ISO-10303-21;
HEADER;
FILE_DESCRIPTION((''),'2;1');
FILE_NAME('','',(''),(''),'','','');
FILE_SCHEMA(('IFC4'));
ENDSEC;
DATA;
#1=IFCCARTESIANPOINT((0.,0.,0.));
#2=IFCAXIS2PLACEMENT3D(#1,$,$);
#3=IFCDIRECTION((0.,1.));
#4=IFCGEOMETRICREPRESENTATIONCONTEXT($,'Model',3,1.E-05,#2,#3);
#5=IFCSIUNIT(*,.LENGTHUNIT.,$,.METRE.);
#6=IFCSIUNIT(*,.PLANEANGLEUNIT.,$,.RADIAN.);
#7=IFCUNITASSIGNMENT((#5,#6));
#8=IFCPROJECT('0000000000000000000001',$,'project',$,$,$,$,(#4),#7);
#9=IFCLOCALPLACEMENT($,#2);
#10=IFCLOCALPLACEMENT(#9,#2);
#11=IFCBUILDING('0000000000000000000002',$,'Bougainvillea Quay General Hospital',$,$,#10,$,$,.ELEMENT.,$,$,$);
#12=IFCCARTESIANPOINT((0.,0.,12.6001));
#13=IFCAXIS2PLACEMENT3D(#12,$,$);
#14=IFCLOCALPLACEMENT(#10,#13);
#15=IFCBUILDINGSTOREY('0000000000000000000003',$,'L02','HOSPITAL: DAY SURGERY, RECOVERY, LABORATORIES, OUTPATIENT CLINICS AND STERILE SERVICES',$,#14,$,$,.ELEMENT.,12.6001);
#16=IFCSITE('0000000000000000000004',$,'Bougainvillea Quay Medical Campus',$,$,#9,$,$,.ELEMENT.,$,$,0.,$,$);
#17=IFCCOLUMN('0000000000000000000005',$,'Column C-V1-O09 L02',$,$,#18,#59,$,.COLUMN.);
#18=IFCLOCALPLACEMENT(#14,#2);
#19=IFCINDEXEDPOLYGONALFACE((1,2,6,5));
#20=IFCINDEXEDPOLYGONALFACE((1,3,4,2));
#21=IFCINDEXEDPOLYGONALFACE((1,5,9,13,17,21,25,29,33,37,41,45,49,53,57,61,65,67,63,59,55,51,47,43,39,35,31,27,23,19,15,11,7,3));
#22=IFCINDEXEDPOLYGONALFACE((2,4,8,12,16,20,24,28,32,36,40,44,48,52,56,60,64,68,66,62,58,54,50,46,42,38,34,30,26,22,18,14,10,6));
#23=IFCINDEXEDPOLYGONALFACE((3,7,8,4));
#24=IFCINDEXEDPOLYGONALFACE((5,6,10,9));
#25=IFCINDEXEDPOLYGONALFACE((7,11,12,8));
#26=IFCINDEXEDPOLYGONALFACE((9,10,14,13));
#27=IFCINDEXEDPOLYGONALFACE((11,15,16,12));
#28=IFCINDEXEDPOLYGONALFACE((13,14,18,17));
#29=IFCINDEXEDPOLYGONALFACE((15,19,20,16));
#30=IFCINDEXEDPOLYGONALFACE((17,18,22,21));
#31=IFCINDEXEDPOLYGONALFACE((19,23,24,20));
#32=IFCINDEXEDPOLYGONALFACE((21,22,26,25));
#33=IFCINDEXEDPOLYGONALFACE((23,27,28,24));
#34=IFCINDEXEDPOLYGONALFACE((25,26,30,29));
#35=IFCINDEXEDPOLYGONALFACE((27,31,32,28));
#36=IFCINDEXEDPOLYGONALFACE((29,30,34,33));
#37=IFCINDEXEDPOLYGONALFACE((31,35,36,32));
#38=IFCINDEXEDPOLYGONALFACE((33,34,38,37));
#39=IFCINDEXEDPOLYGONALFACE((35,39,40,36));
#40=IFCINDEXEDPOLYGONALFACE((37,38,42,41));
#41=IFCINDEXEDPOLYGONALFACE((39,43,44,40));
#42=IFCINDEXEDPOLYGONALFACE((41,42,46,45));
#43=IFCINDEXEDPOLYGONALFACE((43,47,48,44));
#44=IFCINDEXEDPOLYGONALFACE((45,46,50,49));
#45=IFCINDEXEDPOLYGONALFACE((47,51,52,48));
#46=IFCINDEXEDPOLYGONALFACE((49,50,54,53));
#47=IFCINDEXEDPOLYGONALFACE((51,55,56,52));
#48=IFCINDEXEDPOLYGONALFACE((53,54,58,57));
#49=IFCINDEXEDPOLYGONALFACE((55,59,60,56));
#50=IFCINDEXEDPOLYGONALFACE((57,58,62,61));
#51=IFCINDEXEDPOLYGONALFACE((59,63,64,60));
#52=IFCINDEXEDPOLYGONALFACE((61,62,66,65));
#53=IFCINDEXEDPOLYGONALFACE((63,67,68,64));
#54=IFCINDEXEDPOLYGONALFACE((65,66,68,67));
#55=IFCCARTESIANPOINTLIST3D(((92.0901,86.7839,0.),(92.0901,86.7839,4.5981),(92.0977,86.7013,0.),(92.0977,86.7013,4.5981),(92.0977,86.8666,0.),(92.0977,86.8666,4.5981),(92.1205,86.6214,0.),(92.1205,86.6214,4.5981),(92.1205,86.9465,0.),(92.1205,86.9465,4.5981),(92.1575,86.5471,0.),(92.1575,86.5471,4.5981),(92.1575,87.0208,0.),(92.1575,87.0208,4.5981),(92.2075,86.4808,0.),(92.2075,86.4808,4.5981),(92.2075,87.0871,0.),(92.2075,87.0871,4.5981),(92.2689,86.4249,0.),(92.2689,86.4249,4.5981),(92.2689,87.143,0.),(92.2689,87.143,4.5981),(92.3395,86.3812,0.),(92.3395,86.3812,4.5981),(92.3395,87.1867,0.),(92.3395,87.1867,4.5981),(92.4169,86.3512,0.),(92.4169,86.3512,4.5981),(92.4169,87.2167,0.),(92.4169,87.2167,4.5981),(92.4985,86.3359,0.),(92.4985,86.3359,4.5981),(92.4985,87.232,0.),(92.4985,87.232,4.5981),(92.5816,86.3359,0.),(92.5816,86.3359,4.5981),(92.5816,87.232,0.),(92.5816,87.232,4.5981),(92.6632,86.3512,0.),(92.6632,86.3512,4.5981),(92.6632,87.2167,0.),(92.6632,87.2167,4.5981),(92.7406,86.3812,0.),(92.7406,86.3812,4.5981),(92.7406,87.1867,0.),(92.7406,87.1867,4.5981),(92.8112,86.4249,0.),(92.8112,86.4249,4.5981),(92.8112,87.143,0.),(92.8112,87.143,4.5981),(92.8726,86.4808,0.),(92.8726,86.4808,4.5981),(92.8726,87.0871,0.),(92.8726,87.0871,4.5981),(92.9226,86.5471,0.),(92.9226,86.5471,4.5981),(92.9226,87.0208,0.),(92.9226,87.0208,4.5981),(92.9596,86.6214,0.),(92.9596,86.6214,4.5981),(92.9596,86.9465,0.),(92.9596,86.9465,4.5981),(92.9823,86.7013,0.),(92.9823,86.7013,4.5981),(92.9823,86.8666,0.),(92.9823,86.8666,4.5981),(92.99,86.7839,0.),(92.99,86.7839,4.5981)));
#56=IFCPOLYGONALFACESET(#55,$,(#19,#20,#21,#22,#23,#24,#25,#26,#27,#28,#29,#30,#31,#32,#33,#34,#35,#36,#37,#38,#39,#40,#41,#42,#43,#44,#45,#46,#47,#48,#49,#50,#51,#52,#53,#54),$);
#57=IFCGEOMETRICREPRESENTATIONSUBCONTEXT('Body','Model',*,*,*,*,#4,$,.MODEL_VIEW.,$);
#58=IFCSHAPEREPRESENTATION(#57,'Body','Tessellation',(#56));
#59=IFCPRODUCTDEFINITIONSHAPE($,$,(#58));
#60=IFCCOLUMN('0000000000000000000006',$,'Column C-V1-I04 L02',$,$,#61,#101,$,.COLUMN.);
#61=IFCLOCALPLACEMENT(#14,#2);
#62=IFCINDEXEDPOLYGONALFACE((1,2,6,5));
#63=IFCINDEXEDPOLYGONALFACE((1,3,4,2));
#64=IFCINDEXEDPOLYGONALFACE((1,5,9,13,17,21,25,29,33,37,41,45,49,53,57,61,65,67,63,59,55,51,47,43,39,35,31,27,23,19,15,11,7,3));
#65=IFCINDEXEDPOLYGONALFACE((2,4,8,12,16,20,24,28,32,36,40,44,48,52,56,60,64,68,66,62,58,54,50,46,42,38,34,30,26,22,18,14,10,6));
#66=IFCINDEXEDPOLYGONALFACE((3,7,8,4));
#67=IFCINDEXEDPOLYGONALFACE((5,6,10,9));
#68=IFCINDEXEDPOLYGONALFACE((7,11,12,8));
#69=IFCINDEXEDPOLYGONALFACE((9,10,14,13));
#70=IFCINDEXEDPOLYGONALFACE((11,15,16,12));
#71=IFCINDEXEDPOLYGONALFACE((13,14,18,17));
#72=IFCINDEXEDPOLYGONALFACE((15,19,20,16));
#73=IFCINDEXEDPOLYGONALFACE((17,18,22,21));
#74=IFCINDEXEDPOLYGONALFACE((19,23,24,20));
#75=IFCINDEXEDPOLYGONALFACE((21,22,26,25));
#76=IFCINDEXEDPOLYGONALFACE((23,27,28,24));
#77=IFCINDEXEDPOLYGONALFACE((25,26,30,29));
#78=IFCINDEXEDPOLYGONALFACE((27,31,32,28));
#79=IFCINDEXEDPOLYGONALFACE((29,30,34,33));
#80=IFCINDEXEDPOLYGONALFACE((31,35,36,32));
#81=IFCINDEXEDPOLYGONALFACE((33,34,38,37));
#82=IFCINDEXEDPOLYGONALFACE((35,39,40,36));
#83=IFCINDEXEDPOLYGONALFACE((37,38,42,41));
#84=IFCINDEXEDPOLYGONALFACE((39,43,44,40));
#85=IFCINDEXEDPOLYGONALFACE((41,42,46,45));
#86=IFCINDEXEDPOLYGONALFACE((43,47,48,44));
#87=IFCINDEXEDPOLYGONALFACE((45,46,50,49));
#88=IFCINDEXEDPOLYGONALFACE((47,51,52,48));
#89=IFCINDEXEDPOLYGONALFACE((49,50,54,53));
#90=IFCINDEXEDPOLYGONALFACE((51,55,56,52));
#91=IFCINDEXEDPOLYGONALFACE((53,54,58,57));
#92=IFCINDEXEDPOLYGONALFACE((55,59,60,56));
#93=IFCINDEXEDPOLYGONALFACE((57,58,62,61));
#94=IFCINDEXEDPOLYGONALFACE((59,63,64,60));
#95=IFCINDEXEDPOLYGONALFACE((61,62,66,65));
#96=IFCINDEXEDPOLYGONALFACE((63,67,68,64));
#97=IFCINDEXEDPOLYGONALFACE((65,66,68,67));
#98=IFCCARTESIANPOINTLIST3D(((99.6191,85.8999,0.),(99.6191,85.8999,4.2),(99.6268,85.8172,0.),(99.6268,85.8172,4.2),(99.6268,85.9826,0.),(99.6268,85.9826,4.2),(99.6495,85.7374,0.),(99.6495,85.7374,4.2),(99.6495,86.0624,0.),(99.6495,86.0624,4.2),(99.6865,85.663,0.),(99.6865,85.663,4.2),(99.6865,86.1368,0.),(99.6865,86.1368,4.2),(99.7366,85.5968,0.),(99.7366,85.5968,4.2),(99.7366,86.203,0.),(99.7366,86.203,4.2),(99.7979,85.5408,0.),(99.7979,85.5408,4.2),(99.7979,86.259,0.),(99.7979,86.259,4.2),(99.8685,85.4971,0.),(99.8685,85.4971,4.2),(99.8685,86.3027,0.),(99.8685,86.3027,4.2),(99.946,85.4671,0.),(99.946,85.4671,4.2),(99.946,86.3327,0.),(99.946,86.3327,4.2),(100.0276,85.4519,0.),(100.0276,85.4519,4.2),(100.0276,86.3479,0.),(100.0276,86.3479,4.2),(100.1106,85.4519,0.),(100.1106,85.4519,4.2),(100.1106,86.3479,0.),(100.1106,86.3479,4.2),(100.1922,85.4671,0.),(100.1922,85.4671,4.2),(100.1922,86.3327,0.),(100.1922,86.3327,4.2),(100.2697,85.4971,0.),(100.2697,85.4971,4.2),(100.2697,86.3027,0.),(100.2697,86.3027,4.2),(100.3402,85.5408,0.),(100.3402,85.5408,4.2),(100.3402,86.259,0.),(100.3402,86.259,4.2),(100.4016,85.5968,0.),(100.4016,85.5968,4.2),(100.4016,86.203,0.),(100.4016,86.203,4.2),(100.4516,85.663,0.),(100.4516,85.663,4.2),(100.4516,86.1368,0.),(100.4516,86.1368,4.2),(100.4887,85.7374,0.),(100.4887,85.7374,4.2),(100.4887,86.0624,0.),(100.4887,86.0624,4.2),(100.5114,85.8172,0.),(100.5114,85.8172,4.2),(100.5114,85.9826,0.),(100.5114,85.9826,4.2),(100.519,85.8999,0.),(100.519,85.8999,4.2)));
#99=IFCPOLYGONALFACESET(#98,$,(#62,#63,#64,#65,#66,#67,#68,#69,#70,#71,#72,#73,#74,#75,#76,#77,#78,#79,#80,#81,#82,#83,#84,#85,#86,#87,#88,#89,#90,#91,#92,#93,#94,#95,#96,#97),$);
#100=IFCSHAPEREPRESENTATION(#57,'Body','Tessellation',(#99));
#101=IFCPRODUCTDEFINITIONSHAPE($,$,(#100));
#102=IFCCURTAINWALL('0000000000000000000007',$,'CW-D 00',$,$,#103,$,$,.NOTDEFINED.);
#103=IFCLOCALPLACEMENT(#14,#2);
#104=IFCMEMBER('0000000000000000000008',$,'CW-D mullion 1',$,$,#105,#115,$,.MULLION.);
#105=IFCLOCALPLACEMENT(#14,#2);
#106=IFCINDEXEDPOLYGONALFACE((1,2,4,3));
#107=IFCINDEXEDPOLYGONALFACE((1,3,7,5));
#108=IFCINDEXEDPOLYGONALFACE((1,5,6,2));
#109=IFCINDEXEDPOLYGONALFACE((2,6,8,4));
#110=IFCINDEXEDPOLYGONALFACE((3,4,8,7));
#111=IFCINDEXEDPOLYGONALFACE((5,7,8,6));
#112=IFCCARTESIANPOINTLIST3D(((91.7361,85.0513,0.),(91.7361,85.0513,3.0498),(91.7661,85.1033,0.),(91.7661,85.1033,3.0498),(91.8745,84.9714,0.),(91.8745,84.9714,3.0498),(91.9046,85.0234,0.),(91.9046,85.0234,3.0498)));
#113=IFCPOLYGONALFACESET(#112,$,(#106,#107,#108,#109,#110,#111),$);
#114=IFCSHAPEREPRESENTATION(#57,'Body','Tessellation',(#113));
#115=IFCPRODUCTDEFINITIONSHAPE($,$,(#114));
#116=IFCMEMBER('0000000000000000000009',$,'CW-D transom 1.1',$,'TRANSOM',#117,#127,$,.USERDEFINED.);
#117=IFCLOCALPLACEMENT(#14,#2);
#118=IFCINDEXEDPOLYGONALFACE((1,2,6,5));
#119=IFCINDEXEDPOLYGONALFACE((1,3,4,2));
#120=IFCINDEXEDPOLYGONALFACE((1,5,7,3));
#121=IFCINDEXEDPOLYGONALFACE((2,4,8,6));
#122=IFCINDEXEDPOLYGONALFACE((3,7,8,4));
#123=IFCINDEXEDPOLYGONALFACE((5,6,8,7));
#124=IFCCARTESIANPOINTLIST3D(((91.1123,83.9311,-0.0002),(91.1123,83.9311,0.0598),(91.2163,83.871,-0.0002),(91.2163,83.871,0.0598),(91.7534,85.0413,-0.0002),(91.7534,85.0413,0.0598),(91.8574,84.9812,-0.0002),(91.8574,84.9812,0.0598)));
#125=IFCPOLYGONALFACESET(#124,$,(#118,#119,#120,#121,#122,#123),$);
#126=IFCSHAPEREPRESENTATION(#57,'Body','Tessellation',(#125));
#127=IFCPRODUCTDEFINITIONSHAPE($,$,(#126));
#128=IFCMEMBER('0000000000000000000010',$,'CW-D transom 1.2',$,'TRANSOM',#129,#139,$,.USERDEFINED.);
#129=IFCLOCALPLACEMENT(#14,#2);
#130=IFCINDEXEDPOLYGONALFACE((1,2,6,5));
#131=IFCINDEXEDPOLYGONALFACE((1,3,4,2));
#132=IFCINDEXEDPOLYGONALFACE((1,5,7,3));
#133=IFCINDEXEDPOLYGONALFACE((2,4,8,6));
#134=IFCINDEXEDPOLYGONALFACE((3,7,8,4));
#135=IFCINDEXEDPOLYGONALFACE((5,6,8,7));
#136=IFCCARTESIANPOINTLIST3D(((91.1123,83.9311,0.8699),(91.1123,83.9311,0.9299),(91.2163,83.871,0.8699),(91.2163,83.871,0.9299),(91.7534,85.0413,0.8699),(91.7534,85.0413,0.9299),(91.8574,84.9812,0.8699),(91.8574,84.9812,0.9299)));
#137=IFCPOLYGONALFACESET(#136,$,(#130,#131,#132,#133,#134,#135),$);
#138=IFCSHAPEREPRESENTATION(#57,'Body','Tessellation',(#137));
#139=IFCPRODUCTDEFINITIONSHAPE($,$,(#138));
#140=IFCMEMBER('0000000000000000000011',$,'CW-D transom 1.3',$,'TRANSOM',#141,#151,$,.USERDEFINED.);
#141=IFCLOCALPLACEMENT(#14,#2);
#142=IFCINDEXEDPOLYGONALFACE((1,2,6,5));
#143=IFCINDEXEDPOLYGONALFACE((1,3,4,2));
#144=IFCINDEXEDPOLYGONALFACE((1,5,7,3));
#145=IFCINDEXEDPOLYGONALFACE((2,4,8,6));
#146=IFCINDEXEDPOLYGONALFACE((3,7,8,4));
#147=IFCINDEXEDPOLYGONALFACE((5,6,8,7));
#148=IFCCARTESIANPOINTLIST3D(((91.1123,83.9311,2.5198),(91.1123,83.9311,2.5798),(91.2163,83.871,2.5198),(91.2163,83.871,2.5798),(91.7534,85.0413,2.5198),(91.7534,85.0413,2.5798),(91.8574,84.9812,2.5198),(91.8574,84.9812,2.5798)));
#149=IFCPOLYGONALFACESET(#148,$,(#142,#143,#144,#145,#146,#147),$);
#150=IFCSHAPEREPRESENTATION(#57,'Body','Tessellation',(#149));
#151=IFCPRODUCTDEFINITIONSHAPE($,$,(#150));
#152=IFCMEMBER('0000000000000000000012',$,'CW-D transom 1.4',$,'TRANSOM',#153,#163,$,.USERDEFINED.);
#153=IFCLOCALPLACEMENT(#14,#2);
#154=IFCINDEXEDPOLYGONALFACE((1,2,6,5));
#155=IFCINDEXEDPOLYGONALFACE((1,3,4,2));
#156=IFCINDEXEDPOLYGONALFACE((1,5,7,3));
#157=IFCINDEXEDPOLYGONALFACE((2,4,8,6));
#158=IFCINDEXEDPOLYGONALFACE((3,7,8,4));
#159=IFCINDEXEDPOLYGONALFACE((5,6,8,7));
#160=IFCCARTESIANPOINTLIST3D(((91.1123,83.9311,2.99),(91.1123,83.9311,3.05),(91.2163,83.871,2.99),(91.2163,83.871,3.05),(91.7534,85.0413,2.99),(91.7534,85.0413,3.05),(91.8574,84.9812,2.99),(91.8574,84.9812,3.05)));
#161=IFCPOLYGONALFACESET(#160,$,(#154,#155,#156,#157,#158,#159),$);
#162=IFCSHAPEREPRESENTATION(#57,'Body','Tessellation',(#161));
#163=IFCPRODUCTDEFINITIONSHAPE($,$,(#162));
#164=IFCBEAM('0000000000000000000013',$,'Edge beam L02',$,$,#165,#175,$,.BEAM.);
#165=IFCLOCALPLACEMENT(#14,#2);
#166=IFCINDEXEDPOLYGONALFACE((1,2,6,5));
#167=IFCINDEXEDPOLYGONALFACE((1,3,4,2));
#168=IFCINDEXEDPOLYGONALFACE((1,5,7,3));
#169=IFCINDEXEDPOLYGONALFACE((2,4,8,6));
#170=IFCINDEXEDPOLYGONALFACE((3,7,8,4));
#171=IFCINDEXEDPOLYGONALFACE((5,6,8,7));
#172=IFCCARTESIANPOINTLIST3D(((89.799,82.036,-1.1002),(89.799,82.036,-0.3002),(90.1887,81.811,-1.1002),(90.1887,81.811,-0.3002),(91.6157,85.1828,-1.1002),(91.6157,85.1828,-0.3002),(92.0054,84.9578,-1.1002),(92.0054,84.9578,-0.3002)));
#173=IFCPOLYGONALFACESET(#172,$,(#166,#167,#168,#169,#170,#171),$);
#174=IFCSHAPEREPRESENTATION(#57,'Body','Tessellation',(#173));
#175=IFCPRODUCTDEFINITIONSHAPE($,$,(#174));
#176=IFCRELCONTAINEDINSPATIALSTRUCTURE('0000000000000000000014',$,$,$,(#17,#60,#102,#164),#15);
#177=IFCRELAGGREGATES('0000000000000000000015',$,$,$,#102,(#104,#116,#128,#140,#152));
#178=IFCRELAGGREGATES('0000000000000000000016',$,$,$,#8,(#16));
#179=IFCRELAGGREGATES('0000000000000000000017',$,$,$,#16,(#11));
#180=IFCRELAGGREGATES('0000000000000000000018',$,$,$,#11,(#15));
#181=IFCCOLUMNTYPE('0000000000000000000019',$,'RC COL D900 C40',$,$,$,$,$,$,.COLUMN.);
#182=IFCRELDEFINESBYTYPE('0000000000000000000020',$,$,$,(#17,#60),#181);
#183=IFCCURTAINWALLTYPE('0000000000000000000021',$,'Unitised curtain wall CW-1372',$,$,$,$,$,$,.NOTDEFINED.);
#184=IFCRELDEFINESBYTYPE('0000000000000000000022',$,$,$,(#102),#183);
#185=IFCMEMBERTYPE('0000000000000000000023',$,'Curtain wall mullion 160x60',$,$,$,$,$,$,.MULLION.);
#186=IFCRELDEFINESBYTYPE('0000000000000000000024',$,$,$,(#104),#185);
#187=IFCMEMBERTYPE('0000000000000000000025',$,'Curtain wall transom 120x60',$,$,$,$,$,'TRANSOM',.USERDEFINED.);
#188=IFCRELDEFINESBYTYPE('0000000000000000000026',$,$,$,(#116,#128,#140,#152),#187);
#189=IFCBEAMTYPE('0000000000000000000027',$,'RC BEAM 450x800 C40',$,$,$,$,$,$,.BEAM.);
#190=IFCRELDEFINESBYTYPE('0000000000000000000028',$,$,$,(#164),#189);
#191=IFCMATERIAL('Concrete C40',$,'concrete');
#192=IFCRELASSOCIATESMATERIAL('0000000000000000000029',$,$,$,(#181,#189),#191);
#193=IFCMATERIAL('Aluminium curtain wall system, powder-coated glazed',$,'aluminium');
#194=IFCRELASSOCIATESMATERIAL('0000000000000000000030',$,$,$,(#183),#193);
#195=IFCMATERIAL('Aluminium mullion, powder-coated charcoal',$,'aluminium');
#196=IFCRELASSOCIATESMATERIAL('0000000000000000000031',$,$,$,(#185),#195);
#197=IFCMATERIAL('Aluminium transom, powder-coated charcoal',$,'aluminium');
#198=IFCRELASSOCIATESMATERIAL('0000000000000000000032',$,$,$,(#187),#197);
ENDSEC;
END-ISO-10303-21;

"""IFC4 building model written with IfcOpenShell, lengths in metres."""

from ifc_helpers import new_model, si_unit, direction, frame, origin, origin_2d, place, context, subcontext, project, spatial, rectangle, circle, extrude, material, material_profile, profile_set, type_object, element, aggregate, save


model = new_model("IFC4")

# Units and contexts
model_context = context("Model", 3, precision=1e-05, world=origin(), true_north=direction((0.0, 1.0)))
body_context = subcontext(model_context, "Body", "Model", "MODEL_VIEW")
ifc_project = project(units=[si_unit("LENGTHUNIT", "METRE"), si_unit("PLANEANGLEUNIT", "RADIAN")], contexts=[model_context])

# Site, building, storey
site_placement = place(None, origin())
site = spatial("IfcSite", under=ifc_project, at=site_placement, Name="Bougainvillea Quay Medical Campus", CompositionType="ELEMENT", RefElevation=0.0)
building_placement = place(site_placement, origin())
building = spatial("IfcBuilding", under=site, at=building_placement, Name="Bougainvillea Quay General Hospital", CompositionType="ELEMENT")
storey_placement = place(building_placement, frame((0.0, 0.0, 12.6001)))
storey = spatial("IfcBuildingStorey", under=building, at=storey_placement, Name="L02", Description="HOSPITAL: DAY SURGERY, RECOVERY, LABORATORIES, OUTPATIENT CLINICS AND STERILE SERVICES", CompositionType="ELEMENT", Elevation=12.6001)

# Columns
ifc_material_1 = material(Name="Concrete C40", Category="concrete")
ifc_material_profile_1 = material_profile(ifc_material_1, circle(Radius=0.45, at=origin_2d()))
ifc_profile_set_1 = profile_set([ifc_material_profile_1], Name="Concrete C40")
column_type = type_object("IfcColumnType", Name="RC COL D900 C40", PredefinedType="COLUMN", material=ifc_profile_set_1)
column_1_placement = place(storey_placement, frame((92.54, 86.7839, 0.0), z_axis=(0.0, 0.0, 1.0), x_axis=(1.0, 0.0, 0.0)))
element("IfcColumn", 1, at=column_1_placement, inside=storey, type_object=column_type, Name="Column C-V1-O09 L02", PredefinedType="COLUMN", context=body_context, shape_type="SweptSolid", body=[
    extrude(circle(Radius=0.45, at=origin_2d()), origin(), (0.0, 0.0, 1.0), 4.5981),
])
column_2_placement = place(storey_placement, frame((100.0691, 85.8999, 0.0), z_axis=(0.0, 0.0, 1.0), x_axis=(1.0, 0.0, 0.0)))
element("IfcColumn", 2, at=column_2_placement, inside=storey, type_object=column_type, Name="Column C-V1-I04 L02", PredefinedType="COLUMN", context=body_context, shape_type="SweptSolid", body=[
    extrude(circle(Radius=0.45, at=origin_2d()), origin(), (0.0, 0.0, 1.0), 4.2),
])

# Curtain wall, members
ifc_material_2 = material(Name="Aluminium curtain wall system, powder-coated glazed", Category="aluminium")
curtain_wall_type = type_object("IfcCurtainWallType", Name="Unitised curtain wall CW-1372", PredefinedType="NOTDEFINED", material=ifc_material_2)
curtain_wall_placement = place(storey_placement, origin())
curtain_wall = element("IfcCurtainWall", 3, at=curtain_wall_placement, inside=storey, type_object=curtain_wall_type, Name="CW-D 00", PredefinedType="NOTDEFINED")
ifc_material_3 = material(Name="Aluminium mullion, powder-coated charcoal", Category="aluminium")
ifc_material_profile_2 = material_profile(ifc_material_3, rectangle(XDim=0.1599, YDim=0.0601, at=origin_2d()))
ifc_profile_set_2 = profile_set([ifc_material_profile_2], Name="Aluminium mullion, powder-coated charcoal")
member_type_1 = type_object("IfcMemberType", Name="Curtain wall mullion 160x60", PredefinedType="MULLION", material=ifc_profile_set_2)
member_1_placement = place(storey_placement, frame((91.8203, 85.0374, 0.0), z_axis=(0.0, 0.0, 1.0), x_axis=(0.866048, -0.499962, 0.0)))
member_1 = element("IfcMember", 4, at=member_1_placement, type_object=member_type_1, Name="CW-D mullion 1", PredefinedType="MULLION", context=body_context, shape_type="SweptSolid", body=[
    extrude(rectangle(XDim=0.1599, YDim=0.0601, at=origin_2d()), origin(), (0.0, 0.0, 1.0), 3.0498),
])
ifc_material_4 = material(Name="Aluminium transom, powder-coated charcoal", Category="aluminium")
ifc_material_profile_3 = material_profile(ifc_material_4, rectangle(XDim=0.1201, YDim=0.0601, at=origin_2d()))
ifc_profile_set_3 = profile_set([ifc_material_profile_3], Name="Aluminium transom, powder-coated charcoal")
member_type_2 = type_object("IfcMemberType", Name="Curtain wall transom 120x60", ElementType="TRANSOM", PredefinedType="USERDEFINED", material=ifc_profile_set_3)
member_2_placement = place(storey_placement, frame((91.8054, 85.0112, 0.0298), z_axis=(-0.500113, -0.86596, 0.0), x_axis=(0.86596, -0.500113, 0.0)))
member_2 = element("IfcMember", 5, at=member_2_placement, type_object=member_type_2, Name="CW-D transom 1.1", ObjectType="TRANSOM", PredefinedType="USERDEFINED", context=body_context, shape_type="SweptSolid", body=[
    extrude(rectangle(XDim=0.1201, YDim=0.0601, at=origin_2d()), origin(), (0.0, 0.0, 1.0), 1.282),
])
member_3_placement = place(storey_placement, frame((91.8054, 85.0112, 0.8999), z_axis=(-0.500113, -0.86596, 0.0), x_axis=(0.86596, -0.500113, 0.0)))
member_3 = element("IfcMember", 6, at=member_3_placement, type_object=member_type_2, Name="CW-D transom 1.2", ObjectType="TRANSOM", PredefinedType="USERDEFINED", context=body_context, shape_type="SweptSolid", body=[
    extrude(rectangle(XDim=0.1201, YDim=0.0601, at=origin_2d()), origin(), (0.0, 0.0, 1.0), 1.282),
])
member_4_placement = place(storey_placement, frame((91.8054, 85.0112, 2.5498), z_axis=(-0.500113, -0.86596, 0.0), x_axis=(0.86596, -0.500113, 0.0)))
member_4 = element("IfcMember", 7, at=member_4_placement, type_object=member_type_2, Name="CW-D transom 1.3", ObjectType="TRANSOM", PredefinedType="USERDEFINED", context=body_context, shape_type="SweptSolid", body=[
    extrude(rectangle(XDim=0.1201, YDim=0.0601, at=origin_2d()), origin(), (0.0, 0.0, 1.0), 1.282),
])
member_5_placement = place(storey_placement, frame((91.8054, 85.0112, 3.02), z_axis=(-0.500113, -0.86596, 0.0), x_axis=(0.86596, -0.500113, 0.0)))
member_5 = element("IfcMember", 8, at=member_5_placement, type_object=member_type_2, Name="CW-D transom 1.4", ObjectType="TRANSOM", PredefinedType="USERDEFINED", context=body_context, shape_type="SweptSolid", body=[
    extrude(rectangle(XDim=0.1201, YDim=0.0601, at=origin_2d()), origin(), (0.0, 0.0, 1.0), 1.282),
])
aggregate(curtain_wall, [member_1, member_2, member_3, member_4, member_5])

# Beam
ifc_material_profile_4 = material_profile(ifc_material_1, rectangle(XDim=0.45, YDim=0.8, at=origin_2d()))
ifc_profile_set_4 = profile_set([ifc_material_profile_4], Name="Concrete C40")
beam_type = type_object("IfcBeamType", Name="RC BEAM 450x800 C40", PredefinedType="BEAM", material=ifc_profile_set_4)
beam_placement = place(storey_placement, frame((91.8105, 85.0703, -0.7002), z_axis=(-0.499976, -0.866039, 0.0), x_axis=(0.866039, -0.499976, 0.0)))
element("IfcBeam", 9, at=beam_placement, inside=storey, type_object=beam_type, Name="Edge beam L02", PredefinedType="BEAM", context=body_context, shape_type="SweptSolid", body=[
    extrude(rectangle(XDim=0.45, YDim=0.8, at=origin_2d()), origin(), (0.0, 0.0, 1.0), 3.6335),
])

save(model, "model.ifc")
